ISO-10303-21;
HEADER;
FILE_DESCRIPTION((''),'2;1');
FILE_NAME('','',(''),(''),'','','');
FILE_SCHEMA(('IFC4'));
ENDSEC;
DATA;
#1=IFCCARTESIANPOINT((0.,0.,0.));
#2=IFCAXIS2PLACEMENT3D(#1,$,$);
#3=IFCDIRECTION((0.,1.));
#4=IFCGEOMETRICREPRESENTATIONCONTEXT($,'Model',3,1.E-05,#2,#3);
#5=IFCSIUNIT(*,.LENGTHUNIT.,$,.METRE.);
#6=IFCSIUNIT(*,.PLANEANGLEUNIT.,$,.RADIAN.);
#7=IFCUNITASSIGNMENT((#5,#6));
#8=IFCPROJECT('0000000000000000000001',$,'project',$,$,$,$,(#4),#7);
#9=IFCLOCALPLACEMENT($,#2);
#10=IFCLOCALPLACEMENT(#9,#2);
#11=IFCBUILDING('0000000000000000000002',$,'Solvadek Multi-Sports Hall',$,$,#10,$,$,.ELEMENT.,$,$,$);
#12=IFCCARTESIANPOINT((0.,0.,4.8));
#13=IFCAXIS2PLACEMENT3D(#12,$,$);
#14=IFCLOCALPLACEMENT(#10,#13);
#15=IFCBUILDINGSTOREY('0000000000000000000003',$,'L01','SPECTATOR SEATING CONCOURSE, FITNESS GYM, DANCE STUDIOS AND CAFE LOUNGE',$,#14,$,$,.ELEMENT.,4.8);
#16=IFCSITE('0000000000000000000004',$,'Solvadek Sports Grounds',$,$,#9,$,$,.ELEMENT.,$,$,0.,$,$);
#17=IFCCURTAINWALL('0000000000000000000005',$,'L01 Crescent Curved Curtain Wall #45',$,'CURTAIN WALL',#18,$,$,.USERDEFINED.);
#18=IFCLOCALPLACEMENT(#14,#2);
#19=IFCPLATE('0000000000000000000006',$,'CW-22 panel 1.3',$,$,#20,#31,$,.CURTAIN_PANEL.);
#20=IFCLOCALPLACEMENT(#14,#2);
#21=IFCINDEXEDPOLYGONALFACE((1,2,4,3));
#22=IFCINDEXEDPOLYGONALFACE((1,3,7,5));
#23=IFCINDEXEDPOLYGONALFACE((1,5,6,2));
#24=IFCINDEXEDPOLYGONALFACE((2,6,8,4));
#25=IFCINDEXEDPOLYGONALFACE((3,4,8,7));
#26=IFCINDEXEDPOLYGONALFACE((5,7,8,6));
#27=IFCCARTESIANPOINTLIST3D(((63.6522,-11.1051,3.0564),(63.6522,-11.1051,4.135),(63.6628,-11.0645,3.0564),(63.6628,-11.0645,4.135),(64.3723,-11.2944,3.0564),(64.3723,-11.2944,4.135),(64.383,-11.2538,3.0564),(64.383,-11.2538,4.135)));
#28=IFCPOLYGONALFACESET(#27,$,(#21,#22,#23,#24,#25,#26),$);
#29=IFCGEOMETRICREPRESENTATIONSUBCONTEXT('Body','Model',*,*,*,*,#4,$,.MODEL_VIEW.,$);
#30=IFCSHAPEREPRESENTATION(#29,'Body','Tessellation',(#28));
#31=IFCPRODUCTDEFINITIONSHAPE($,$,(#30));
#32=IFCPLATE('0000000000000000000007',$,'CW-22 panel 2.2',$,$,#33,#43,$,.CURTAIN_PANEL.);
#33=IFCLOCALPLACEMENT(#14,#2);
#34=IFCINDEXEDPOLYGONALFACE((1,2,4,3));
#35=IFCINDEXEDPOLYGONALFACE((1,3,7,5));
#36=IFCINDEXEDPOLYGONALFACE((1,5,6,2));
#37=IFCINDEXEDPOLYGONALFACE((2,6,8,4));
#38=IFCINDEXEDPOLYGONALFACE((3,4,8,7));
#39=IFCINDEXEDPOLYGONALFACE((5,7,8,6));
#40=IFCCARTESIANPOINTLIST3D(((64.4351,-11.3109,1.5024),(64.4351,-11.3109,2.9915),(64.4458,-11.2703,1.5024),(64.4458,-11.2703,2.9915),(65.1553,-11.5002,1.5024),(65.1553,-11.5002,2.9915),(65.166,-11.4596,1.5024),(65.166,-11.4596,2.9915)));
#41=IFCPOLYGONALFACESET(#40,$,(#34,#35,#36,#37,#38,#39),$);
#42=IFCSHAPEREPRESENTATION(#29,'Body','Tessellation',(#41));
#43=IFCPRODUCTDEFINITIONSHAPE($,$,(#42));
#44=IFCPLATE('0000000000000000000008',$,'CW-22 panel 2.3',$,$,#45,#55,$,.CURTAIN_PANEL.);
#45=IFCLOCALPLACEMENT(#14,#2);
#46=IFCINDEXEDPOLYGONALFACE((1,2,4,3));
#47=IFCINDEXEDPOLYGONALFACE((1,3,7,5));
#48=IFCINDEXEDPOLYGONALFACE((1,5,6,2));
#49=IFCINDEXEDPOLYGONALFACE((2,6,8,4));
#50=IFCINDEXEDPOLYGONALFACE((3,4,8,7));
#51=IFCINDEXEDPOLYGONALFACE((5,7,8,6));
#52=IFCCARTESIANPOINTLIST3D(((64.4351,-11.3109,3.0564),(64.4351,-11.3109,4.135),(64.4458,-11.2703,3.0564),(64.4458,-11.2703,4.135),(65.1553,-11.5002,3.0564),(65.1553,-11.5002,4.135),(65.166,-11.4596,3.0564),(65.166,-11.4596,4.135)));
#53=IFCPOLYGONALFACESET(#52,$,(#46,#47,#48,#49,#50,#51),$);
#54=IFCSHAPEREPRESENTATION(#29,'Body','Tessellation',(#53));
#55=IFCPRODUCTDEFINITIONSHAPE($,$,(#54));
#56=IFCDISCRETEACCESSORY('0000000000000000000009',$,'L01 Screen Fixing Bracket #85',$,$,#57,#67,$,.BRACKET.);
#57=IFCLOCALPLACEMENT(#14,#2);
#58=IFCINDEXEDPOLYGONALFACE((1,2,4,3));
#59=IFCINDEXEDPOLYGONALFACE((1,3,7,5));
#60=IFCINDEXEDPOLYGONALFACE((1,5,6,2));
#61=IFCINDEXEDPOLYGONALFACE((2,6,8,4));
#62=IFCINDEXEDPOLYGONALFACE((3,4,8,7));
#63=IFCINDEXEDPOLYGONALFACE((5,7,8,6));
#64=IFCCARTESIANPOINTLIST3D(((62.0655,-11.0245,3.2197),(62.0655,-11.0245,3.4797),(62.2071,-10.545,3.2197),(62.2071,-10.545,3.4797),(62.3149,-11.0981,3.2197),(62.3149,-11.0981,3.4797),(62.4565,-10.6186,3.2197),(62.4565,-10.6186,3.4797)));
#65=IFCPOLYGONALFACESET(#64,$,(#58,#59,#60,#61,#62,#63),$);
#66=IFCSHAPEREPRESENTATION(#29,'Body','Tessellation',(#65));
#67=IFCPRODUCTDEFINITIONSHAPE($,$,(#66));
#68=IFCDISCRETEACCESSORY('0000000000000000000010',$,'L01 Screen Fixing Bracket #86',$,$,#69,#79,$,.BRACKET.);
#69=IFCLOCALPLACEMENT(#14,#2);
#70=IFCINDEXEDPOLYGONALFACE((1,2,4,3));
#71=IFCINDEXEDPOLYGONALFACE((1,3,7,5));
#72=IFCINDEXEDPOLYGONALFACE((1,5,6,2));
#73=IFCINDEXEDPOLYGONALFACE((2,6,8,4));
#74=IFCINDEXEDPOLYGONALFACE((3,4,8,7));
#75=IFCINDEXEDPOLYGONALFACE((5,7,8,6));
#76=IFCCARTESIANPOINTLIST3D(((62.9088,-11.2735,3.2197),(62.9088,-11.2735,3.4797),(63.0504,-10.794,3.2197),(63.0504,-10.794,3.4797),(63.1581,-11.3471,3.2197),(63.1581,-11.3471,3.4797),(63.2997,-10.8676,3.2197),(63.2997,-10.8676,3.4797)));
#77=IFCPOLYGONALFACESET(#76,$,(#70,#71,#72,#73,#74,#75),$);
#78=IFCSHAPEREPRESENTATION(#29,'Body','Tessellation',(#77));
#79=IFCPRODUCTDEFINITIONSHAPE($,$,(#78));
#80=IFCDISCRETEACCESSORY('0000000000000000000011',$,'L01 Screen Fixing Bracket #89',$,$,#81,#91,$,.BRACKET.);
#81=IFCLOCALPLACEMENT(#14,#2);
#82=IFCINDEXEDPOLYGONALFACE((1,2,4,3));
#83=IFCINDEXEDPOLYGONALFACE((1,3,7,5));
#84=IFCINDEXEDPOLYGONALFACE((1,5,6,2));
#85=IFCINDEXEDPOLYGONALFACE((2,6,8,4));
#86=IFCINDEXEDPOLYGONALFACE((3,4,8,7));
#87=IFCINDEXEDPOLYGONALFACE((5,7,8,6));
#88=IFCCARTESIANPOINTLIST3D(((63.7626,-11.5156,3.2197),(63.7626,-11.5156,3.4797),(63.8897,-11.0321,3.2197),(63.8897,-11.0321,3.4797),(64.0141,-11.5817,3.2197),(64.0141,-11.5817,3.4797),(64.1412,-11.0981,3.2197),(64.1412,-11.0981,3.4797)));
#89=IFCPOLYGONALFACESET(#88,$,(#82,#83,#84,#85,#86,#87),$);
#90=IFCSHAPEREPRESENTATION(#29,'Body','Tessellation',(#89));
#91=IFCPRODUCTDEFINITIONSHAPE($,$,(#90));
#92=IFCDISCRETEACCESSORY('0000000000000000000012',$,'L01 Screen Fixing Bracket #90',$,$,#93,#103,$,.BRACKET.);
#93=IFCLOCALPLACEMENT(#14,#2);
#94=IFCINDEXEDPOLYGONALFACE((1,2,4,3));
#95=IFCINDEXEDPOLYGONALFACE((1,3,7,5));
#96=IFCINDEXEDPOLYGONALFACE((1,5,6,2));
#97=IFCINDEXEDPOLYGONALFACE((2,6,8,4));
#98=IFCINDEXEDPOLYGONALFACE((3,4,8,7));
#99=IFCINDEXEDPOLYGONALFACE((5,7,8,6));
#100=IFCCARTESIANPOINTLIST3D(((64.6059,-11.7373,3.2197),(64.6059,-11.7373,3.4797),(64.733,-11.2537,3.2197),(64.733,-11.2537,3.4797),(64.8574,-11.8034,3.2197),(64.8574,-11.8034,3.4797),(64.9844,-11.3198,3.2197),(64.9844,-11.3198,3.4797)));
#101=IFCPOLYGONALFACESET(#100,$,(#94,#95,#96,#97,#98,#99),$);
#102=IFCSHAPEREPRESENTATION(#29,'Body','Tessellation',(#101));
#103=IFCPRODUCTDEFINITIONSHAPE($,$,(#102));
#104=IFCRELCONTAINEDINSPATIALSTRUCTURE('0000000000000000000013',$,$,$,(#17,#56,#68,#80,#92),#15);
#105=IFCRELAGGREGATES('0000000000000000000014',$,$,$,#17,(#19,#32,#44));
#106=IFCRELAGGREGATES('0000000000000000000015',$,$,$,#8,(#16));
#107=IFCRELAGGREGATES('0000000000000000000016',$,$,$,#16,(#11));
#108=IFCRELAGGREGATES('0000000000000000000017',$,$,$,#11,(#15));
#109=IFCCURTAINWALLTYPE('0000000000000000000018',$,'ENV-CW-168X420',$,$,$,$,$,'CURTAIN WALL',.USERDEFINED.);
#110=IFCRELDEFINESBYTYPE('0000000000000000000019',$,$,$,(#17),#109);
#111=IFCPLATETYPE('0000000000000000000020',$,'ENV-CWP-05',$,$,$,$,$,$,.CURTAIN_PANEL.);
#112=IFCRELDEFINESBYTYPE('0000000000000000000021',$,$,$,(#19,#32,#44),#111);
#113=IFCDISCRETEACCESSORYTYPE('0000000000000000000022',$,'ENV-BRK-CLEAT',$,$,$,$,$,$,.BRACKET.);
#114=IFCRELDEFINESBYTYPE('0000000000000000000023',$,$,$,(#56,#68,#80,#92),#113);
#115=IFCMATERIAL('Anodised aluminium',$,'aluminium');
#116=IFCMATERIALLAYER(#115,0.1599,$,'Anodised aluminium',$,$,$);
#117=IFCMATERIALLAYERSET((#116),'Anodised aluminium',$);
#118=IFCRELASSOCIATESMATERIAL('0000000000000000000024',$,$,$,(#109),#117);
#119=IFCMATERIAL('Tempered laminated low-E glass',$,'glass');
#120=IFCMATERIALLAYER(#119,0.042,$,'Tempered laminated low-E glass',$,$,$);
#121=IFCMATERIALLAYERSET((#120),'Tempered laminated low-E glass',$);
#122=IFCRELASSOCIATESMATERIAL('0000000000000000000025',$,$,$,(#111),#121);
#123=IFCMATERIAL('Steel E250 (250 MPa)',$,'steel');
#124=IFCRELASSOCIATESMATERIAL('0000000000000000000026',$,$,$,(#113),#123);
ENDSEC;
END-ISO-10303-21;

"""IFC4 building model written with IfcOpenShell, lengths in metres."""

from ifc_helpers import new_model, si_unit, direction, frame, origin, origin_2d, place, context, subcontext, project, spatial, rectangle, extrude, material, layer, layer_set, type_object, element, aggregate, save


model = new_model("IFC4")

# Units and contexts
model_context = context("Model", 3, precision=1e-05, world=origin(), true_north=direction((0.0, 1.0)))
body_context = subcontext(model_context, "Body", "Model", "MODEL_VIEW")
ifc_project = project(units=[si_unit("LENGTHUNIT", "METRE"), si_unit("PLANEANGLEUNIT", "RADIAN")], contexts=[model_context])

# Site, building, storey
site_placement = place(None, origin())
site = spatial("IfcSite", under=ifc_project, at=site_placement, Name="Solvadek Sports Grounds", CompositionType="ELEMENT", RefElevation=0.0)
building_placement = place(site_placement, origin())
building = spatial("IfcBuilding", under=site, at=building_placement, Name="Solvadek Multi-Sports Hall", CompositionType="ELEMENT")
storey_placement = place(building_placement, frame((0.0, 0.0, 4.8)))
storey = spatial("IfcBuildingStorey", under=building, at=storey_placement, Name="L01", Description="SPECTATOR SEATING CONCOURSE, FITNESS GYM, DANCE STUDIOS AND CAFE LOUNGE", CompositionType="ELEMENT", Elevation=4.8)

# Curtain wall
ifc_material_1 = material(Name="Anodised aluminium", Category="aluminium")
ifc_layer_1 = layer(ifc_material_1, 0.1599, Name="Anodised aluminium")
ifc_layer_set_1 = layer_set([ifc_layer_1], Name="Anodised aluminium")
curtain_wall_type_1 = type_object("IfcCurtainWallType", Name="ENV-CW-168X420", ElementType="CURTAIN WALL", PredefinedType="USERDEFINED", material=ifc_layer_set_1)
curtain_wall_1_placement = place(storey_placement, origin())
curtain_wall_1 = element("IfcCurtainWall", 1, at=curtain_wall_1_placement, inside=storey, type_object=curtain_wall_type_1, Name="L01 Crescent Curved Curtain Wall #45", ObjectType="CURTAIN WALL", PredefinedType="USERDEFINED")

# Shared definitions
ifc_material_2 = material(Name="Steel E250 (250 MPa)", Category="steel")

# Plates
ifc_material_3 = material(Name="Tempered laminated low-E glass", Category="glass")
ifc_layer_2 = layer(ifc_material_3, 0.042, Name="Tempered laminated low-E glass")
ifc_layer_set_2 = layer_set([ifc_layer_2], Name="Tempered laminated low-E glass")
plate_type_1 = type_object("IfcPlateType", Name="ENV-CWP-05", PredefinedType="CURTAIN_PANEL", material=ifc_layer_set_2)
plate_1_placement = place(storey_placement, frame((64.0176, -11.1794, 3.0564), z_axis=(0.0, 0.0, 1.0), x_axis=(0.967167, -0.254143, 0.0)))
plate_1 = element("IfcPlate", 2, at=plate_1_placement, type_object=plate_type_1, Name="CW-22 panel 1.3", PredefinedType="CURTAIN_PANEL", context=body_context, shape_type="SweptSolid", body=[
    extrude(rectangle(XDim=0.7446, YDim=0.042, at=origin_2d()), origin(), (0.0, 0.0, 1.0), 1.0786),
])
plate_2_placement = place(storey_placement, frame((64.8005, -11.3853, 1.5024), z_axis=(0.0, 0.0, 1.0), x_axis=(0.967167, -0.254143, 0.0)))
plate_2 = element("IfcPlate", 3, at=plate_2_placement, type_object=plate_type_1, Name="CW-22 panel 2.2", PredefinedType="CURTAIN_PANEL", context=body_context, shape_type="SweptSolid", body=[
    extrude(rectangle(XDim=0.7446, YDim=0.042, at=origin_2d()), origin(), (0.0, 0.0, 1.0), 1.489),
])
plate_3_placement = place(storey_placement, frame((64.8005, -11.3853, 3.0564), z_axis=(0.0, 0.0, 1.0), x_axis=(0.967167, -0.254143, 0.0)))
plate_3 = element("IfcPlate", 4, at=plate_3_placement, type_object=plate_type_1, Name="CW-22 panel 2.3", PredefinedType="CURTAIN_PANEL", context=body_context, shape_type="SweptSolid", body=[
    extrude(rectangle(XDim=0.7446, YDim=0.042, at=origin_2d()), origin(), (0.0, 0.0, 1.0), 1.0786),
])
aggregate(curtain_wall_1, [plate_1, plate_2, plate_3])

# Discrete accessories
discrete_accessory_type = type_object("IfcDiscreteAccessoryType", Name="ENV-BRK-CLEAT", PredefinedType="BRACKET", material=ifc_material_2)
for number, where, z_axis, x_axis, name in (
    (5, (62.261, -10.8215, 3.2197), (0.0, 0.0, 1.0), (0.959064, -0.283188, 0.0), "L01 Screen Fixing Bracket #85"),
    (6, (63.1042, -11.0706, 3.2197), (0.0, 0.0, 1.0), (0.959064, -0.283188, 0.0), "L01 Screen Fixing Bracket #86"),
    (7, (63.9519, -11.3069, 3.2197), (0.0, 0.0, 1.0), (0.967173, -0.254121, 0.0), "L01 Screen Fixing Bracket #89"),
    (8, (64.7952, -11.5286, 3.2197), (0.0, 0.0, 1.0), (0.967173, -0.254121, 0.0), "L01 Screen Fixing Bracket #90"),
):
    element("IfcDiscreteAccessory", number, at=place(storey_placement, frame(where, z_axis=z_axis, x_axis=x_axis)), inside=storey, type_object=discrete_accessory_type, Name=name, PredefinedType="BRACKET", context=body_context, shape_type="SweptSolid", body=[
        extrude(rectangle(XDim=0.26, YDim=0.5, at=origin_2d()), origin(), (0.0, 0.0, 1.0), 0.26),
    ])

save(model, "model.ifc")
